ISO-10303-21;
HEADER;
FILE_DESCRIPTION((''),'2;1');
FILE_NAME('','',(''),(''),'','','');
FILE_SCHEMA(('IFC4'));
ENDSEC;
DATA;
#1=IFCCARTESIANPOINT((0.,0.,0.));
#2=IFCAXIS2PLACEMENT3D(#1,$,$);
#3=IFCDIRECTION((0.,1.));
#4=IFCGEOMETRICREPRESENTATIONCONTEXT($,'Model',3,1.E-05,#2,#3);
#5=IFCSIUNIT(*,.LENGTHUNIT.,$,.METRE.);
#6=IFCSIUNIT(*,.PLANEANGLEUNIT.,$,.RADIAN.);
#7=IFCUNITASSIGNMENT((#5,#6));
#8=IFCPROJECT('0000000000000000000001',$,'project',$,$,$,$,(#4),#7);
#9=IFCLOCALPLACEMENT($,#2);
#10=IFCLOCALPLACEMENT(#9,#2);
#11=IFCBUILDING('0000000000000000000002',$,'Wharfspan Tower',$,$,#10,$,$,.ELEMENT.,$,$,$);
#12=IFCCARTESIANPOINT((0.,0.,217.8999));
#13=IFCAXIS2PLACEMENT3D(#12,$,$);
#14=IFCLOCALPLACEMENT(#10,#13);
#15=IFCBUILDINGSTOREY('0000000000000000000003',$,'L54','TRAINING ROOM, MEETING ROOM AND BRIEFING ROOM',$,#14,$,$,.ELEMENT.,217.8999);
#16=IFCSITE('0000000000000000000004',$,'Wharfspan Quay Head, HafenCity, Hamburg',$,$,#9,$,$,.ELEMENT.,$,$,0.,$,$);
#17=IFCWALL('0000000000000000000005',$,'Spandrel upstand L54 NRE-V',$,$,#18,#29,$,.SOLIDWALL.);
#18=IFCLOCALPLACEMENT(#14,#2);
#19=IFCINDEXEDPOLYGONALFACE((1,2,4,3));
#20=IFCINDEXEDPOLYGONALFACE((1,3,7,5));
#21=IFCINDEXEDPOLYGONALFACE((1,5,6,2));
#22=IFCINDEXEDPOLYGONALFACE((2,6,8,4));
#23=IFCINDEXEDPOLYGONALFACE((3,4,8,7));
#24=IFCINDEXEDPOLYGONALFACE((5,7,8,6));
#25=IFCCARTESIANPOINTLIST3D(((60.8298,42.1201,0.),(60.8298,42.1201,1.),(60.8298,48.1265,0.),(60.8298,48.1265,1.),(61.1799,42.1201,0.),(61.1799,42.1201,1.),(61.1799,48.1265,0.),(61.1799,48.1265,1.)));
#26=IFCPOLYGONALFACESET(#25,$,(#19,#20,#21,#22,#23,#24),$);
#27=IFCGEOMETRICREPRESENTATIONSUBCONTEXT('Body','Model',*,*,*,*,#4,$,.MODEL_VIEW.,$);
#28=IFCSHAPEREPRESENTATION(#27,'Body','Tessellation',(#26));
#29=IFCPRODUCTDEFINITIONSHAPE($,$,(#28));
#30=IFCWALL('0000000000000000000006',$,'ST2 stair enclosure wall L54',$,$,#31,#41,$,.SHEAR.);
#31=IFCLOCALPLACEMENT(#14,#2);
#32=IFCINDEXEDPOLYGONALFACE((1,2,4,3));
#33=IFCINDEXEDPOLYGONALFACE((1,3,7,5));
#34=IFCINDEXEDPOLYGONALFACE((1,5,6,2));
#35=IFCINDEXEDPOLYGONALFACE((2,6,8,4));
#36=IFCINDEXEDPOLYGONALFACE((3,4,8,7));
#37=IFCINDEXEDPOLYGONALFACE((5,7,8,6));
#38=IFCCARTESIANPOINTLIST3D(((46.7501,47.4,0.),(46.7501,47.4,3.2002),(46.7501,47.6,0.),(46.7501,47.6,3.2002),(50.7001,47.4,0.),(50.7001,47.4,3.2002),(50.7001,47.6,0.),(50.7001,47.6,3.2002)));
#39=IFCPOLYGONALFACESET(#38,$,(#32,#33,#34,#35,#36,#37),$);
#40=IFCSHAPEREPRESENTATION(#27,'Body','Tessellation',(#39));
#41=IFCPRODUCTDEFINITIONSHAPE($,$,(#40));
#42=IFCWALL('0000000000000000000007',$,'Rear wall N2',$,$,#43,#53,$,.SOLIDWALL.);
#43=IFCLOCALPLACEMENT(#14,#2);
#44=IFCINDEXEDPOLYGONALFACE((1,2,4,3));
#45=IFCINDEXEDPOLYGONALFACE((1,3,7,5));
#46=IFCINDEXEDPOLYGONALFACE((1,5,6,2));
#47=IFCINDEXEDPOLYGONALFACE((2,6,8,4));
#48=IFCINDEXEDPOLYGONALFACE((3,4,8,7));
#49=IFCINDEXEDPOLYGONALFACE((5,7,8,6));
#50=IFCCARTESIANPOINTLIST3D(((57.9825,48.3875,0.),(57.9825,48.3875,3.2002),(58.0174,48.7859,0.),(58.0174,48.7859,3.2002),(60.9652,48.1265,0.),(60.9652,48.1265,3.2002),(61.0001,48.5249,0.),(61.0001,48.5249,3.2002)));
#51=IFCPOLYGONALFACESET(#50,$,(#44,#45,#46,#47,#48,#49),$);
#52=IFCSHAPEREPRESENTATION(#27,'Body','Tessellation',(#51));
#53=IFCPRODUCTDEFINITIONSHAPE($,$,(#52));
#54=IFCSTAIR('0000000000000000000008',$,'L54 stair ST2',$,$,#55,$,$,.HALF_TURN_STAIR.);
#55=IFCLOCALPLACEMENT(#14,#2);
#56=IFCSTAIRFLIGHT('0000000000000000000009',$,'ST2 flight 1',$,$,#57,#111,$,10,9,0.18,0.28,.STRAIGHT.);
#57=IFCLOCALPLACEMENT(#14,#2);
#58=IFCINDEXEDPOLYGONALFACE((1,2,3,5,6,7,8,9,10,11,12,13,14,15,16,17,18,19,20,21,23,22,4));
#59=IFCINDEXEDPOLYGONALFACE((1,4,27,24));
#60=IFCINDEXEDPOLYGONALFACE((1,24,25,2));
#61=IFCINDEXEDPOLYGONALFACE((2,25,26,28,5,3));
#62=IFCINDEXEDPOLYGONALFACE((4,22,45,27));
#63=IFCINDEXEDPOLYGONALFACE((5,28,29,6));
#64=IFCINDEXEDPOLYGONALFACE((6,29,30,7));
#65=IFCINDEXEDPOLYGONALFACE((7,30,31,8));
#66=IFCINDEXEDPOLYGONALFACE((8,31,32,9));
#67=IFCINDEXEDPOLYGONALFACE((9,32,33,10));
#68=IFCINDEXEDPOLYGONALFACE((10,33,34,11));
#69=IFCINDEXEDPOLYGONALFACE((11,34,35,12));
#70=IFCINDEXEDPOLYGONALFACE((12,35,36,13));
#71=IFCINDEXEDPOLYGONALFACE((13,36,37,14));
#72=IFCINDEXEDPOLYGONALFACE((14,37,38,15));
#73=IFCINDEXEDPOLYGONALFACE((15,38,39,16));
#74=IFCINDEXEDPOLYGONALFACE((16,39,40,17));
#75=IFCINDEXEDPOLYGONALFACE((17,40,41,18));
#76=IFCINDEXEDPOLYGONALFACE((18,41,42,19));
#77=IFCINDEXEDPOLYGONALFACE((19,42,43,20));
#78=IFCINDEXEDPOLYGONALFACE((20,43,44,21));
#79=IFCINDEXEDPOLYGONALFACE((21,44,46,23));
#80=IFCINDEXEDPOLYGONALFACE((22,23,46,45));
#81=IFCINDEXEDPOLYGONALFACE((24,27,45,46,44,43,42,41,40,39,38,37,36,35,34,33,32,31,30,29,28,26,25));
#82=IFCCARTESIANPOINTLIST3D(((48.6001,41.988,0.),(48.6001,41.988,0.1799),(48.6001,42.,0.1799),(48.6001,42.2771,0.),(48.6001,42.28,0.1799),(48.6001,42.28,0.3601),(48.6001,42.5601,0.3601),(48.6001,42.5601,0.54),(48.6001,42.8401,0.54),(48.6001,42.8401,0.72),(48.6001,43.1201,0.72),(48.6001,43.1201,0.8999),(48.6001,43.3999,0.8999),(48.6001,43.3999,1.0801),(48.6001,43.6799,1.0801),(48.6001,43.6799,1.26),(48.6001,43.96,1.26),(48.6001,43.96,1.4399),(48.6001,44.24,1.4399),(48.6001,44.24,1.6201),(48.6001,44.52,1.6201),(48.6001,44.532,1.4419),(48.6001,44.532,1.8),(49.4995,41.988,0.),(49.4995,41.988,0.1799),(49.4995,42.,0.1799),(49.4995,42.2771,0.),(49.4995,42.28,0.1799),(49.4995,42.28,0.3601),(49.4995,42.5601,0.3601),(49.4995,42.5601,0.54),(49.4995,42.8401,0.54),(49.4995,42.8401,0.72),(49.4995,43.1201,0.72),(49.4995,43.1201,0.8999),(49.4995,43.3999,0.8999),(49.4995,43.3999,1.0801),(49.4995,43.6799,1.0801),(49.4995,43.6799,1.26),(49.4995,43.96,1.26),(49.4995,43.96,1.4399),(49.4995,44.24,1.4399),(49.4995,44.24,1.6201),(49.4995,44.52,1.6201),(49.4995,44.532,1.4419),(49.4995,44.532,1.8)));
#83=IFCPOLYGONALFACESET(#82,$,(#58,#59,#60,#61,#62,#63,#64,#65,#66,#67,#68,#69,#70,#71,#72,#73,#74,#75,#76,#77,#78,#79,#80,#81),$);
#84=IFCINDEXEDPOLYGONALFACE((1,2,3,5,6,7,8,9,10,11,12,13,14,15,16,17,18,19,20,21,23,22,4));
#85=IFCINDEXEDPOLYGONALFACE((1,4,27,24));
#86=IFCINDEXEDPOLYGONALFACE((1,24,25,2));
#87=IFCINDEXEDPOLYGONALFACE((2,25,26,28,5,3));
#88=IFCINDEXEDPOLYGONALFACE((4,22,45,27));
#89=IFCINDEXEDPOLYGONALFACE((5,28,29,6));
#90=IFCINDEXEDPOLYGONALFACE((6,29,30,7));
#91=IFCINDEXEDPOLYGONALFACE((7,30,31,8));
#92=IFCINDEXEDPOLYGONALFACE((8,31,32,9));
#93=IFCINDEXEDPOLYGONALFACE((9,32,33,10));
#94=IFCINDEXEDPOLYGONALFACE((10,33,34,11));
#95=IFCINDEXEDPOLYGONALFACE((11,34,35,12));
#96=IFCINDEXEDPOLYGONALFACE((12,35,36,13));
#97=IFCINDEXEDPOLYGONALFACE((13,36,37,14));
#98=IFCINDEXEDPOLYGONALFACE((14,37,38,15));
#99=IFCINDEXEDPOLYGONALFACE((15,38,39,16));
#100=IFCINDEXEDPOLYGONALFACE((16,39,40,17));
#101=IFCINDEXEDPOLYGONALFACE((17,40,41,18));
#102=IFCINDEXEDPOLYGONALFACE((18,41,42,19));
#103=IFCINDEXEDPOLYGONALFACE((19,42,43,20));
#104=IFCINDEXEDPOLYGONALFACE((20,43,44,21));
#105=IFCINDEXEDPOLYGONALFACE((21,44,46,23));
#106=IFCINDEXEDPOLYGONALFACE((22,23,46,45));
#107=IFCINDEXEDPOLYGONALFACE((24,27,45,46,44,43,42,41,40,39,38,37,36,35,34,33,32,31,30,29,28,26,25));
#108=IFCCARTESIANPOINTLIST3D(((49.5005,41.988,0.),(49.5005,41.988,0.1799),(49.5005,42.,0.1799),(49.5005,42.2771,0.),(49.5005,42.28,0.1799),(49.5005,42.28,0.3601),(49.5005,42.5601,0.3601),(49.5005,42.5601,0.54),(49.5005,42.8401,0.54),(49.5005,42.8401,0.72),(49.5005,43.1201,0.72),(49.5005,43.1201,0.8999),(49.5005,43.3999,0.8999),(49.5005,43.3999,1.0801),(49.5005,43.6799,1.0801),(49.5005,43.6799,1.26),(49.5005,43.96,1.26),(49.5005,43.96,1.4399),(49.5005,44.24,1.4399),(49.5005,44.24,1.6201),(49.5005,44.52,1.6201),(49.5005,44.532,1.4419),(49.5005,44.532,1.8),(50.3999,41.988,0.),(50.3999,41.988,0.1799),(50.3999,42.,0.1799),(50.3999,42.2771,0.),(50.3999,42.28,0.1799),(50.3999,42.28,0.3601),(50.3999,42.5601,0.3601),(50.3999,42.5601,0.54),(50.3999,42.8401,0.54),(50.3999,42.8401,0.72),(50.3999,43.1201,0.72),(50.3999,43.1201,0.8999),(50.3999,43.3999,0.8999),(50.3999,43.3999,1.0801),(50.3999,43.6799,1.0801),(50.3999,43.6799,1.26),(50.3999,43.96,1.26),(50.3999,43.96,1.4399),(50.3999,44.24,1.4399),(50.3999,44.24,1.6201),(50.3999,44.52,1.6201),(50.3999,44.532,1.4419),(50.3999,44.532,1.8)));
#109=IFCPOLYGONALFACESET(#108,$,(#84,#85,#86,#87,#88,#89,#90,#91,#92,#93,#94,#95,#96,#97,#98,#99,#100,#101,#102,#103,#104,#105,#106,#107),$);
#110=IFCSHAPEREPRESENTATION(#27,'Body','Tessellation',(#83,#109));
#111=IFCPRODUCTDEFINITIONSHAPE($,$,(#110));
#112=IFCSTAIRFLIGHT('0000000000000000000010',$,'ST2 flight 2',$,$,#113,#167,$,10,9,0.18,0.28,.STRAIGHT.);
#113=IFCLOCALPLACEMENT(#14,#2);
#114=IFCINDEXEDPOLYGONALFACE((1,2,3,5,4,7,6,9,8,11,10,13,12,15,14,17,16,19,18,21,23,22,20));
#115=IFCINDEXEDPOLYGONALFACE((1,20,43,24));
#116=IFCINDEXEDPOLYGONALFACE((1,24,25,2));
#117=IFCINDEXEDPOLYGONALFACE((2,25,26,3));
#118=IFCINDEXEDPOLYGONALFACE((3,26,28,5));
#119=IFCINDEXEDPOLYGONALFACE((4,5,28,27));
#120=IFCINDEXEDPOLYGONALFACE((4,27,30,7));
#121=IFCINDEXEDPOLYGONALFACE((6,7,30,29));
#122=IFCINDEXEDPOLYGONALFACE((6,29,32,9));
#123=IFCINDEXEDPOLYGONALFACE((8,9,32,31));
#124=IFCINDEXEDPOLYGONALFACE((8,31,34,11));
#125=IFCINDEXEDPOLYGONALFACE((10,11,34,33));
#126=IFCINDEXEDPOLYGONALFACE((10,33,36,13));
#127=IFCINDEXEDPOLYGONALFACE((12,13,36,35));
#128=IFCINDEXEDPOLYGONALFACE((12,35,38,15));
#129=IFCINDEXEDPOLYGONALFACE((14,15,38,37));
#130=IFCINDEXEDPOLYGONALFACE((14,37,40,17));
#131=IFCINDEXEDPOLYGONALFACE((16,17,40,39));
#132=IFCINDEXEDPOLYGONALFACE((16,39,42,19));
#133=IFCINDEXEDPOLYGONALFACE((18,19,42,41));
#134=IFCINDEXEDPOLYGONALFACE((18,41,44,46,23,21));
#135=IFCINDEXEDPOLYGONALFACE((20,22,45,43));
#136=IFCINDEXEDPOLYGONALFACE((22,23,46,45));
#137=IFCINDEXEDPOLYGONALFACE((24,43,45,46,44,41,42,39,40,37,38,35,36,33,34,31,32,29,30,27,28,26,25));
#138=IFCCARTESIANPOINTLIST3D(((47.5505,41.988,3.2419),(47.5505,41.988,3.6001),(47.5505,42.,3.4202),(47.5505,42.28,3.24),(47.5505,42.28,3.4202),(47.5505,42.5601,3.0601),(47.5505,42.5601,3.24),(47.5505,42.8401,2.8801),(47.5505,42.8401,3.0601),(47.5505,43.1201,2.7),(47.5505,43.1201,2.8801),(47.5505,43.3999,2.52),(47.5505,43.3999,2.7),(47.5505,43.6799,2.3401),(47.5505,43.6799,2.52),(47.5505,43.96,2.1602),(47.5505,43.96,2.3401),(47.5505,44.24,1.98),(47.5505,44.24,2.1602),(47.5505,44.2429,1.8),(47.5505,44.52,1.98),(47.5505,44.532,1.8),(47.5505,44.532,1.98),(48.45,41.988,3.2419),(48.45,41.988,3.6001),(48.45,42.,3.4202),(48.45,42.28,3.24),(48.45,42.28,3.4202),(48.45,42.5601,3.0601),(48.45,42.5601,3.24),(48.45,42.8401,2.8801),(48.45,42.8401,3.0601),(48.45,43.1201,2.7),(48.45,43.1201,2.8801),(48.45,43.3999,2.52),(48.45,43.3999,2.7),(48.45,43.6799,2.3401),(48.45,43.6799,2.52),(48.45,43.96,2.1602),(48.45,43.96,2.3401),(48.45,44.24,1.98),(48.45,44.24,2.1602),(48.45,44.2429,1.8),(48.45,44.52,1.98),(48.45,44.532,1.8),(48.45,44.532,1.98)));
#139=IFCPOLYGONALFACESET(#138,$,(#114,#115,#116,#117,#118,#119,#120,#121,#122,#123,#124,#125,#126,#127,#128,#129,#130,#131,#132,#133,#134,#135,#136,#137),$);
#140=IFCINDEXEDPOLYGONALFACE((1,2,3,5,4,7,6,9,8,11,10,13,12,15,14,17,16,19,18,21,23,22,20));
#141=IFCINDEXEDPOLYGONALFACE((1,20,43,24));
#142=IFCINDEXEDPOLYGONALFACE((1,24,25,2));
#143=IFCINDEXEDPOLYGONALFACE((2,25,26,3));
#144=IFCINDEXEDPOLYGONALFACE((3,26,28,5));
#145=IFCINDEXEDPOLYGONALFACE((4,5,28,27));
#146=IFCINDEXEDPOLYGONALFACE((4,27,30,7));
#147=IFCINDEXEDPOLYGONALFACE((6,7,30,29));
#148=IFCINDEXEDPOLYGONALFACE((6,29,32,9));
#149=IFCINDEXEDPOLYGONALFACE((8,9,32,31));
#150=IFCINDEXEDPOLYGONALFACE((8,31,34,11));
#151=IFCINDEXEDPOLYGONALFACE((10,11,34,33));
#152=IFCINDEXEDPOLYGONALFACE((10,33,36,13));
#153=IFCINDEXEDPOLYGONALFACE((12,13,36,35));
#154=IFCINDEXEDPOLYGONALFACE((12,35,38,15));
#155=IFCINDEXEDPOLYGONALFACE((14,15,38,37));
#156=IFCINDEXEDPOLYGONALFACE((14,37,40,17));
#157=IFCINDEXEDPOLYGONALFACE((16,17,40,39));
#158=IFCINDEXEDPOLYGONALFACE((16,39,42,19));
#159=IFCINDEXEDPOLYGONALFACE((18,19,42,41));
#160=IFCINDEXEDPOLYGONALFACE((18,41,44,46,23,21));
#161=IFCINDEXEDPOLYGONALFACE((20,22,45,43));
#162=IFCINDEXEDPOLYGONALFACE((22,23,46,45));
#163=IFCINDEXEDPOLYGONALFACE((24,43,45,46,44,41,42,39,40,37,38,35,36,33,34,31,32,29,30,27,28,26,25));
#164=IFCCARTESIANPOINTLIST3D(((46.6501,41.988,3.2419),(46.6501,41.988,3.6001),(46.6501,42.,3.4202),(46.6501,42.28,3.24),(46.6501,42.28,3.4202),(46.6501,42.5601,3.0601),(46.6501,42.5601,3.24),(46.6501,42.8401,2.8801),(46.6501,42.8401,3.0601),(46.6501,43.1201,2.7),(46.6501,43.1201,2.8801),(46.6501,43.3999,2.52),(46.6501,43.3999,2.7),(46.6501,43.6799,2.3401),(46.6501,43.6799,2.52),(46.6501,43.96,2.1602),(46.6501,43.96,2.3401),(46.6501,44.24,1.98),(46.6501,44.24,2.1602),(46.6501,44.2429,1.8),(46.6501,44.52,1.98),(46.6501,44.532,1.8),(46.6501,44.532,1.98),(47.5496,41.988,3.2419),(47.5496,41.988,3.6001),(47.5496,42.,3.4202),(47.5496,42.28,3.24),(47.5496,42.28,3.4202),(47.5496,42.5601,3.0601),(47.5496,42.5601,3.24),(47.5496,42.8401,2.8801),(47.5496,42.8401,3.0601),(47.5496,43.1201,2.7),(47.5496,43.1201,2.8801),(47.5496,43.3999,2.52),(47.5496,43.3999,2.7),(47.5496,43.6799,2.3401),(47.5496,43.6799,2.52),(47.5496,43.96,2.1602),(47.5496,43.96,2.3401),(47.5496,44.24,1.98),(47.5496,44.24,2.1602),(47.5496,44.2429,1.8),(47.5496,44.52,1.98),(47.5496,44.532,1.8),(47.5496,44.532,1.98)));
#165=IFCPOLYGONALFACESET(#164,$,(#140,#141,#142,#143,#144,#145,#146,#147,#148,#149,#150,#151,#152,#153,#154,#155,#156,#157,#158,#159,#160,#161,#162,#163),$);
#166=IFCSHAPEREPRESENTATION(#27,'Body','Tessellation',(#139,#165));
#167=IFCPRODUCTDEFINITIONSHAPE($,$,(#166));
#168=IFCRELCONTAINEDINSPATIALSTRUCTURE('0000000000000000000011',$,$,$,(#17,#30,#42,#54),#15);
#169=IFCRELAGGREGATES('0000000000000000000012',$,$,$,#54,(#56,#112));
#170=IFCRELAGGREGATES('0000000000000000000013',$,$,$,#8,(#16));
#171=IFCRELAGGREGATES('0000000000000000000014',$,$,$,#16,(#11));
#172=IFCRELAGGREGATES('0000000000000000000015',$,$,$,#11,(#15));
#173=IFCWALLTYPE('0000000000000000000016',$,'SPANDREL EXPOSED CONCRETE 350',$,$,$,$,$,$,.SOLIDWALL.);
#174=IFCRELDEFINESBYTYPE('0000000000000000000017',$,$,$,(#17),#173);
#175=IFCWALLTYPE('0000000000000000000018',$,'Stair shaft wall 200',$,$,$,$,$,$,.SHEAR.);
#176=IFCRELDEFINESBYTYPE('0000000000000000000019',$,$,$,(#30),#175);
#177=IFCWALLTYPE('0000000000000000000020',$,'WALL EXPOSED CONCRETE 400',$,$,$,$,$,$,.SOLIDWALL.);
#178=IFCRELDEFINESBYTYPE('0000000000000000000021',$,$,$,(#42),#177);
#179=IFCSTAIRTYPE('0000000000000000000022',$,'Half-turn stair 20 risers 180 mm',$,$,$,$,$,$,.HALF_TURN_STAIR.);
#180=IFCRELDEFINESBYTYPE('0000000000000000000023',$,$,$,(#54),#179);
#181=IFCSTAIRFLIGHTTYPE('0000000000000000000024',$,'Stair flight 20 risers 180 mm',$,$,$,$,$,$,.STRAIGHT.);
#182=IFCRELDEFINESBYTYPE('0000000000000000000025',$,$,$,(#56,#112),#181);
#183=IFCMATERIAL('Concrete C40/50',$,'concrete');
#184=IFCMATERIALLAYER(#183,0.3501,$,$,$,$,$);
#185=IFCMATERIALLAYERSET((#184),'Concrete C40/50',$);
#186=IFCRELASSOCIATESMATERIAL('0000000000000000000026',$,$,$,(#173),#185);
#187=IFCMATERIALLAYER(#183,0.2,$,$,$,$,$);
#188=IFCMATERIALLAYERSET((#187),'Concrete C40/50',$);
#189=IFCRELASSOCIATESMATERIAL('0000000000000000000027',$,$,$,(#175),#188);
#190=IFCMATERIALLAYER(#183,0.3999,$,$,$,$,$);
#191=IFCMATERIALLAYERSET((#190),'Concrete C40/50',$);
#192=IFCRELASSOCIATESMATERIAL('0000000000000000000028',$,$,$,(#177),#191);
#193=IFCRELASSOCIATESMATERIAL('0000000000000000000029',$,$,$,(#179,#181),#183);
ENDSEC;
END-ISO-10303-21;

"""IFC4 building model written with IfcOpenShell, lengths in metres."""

from ifc_helpers import new_model, si_unit, direction, frame, frame_2d, origin, place, context, subcontext, project, spatial, polyline, rectangle, outline, extrude, material, layer, layer_set, type_object, element, aggregate, save


model = new_model("IFC4")

# Units and contexts
model_context = context("Model", 3, precision=1e-05, world=origin(), true_north=direction((0.0, 1.0)))
body_context = subcontext(model_context, "Body", "Model", "MODEL_VIEW")
ifc_project = project(units=[si_unit("LENGTHUNIT", "METRE"), si_unit("PLANEANGLEUNIT", "RADIAN")], contexts=[model_context])

# Site, building, storey
site_placement = place(None, origin())
site = spatial("IfcSite", under=ifc_project, at=site_placement, Name="Wharfspan Quay Head, HafenCity, Hamburg", CompositionType="ELEMENT", RefElevation=0.0)
building_placement = place(site_placement, origin())
building = spatial("IfcBuilding", under=site, at=building_placement, Name="Wharfspan Tower", CompositionType="ELEMENT")
storey_placement = place(building_placement, frame((0.0, 0.0, 217.8999)))
storey = spatial("IfcBuildingStorey", under=building, at=storey_placement, Name="L54", Description="TRAINING ROOM, MEETING ROOM AND BRIEFING ROOM", CompositionType="ELEMENT", Elevation=217.8999)

# Walls
ifc_material_1 = material(Name="Concrete C40/50", Category="concrete")
ifc_layer_1 = layer(ifc_material_1, 0.3501)
ifc_layer_set_1 = layer_set([ifc_layer_1], Name="Concrete C40/50")
wall_type_1 = type_object("IfcWallType", Name="SPANDREL EXPOSED CONCRETE 350", PredefinedType="SOLIDWALL", material=ifc_layer_set_1)
wall_1_placement = place(storey_placement, frame((61.0049, 42.1201, 0.0), z_axis=(0.0, 0.0, 1.0), x_axis=(0.0, 1.0, 0.0)))
element("IfcWall", 1, at=wall_1_placement, inside=storey, type_object=wall_type_1, Name="Spandrel upstand L54 NRE-V", PredefinedType="SOLIDWALL", context=body_context, shape_type="SweptSolid", body=[
    extrude(rectangle(XDim=6.0063, YDim=0.3501, at=frame_2d((3.0032, 0.0))), origin(), (0.0, 0.0, 1.0), 1.0),
])
ifc_layer_2 = layer(ifc_material_1, 0.2)
ifc_layer_set_2 = layer_set([ifc_layer_2], Name="Concrete C40/50")
wall_type_2 = type_object("IfcWallType", Name="Stair shaft wall 200", PredefinedType="SHEAR", material=ifc_layer_set_2)
wall_2_placement = place(storey_placement, frame((46.75, 47.5, 0.0), z_axis=(0.0, 0.0, 1.0), x_axis=(1.0, 0.0, 0.0)))
element("IfcWall", 2, at=wall_2_placement, inside=storey, type_object=wall_type_2, Name="ST2 stair enclosure wall L54", PredefinedType="SHEAR", context=body_context, shape_type="SweptSolid", body=[
    extrude(rectangle(XDim=3.95, YDim=0.2, at=frame_2d((1.9751, 0.0))), origin(), (0.0, 0.0, 1.0), 3.2002),
])
ifc_layer_3 = layer(ifc_material_1, 0.3999)
ifc_layer_set_3 = layer_set([ifc_layer_3], Name="Concrete C40/50")
wall_type_3 = type_object("IfcWallType", Name="WALL EXPOSED CONCRETE 400", PredefinedType="SOLIDWALL", material=ifc_layer_set_3)
wall_3_placement = place(storey_placement, frame((60.9827, 48.3257, 0.0), z_axis=(0.0, 0.0, 1.0), x_axis=(-0.996194, 0.087168, 0.0)))
element("IfcWall", 3, at=wall_3_placement, inside=storey, type_object=wall_type_3, Name="Rear wall N2", PredefinedType="SOLIDWALL", context=body_context, shape_type="SweptSolid", body=[
    extrude(rectangle(XDim=2.9941, YDim=0.3999, at=frame_2d((1.4971, 0.0))), origin(), (0.0, 0.0, 1.0), 3.2002),
])

# Stair, stair flights
stair_type = type_object("IfcStairType", Name="Half-turn stair 20 risers 180 mm", PredefinedType="HALF_TURN_STAIR", material=ifc_material_1)
stair_placement = place(storey_placement, origin())
stair = element("IfcStair", 4, at=stair_placement, inside=storey, type_object=stair_type, Name="L54 stair ST2", PredefinedType="HALF_TURN_STAIR")
stair_flight_type = type_object("IfcStairFlightType", Name="Stair flight 20 risers 180 mm", PredefinedType="STRAIGHT", material=ifc_material_1)
stair_flight_1_placement = place(storey_placement, frame((49.5, 42.0, 0.0), z_axis=(0.0, 0.0, 1.0), x_axis=(0.0, 1.0, 0.0)))
stair_flight_1 = element("IfcStairFlight", 5, at=stair_flight_1_placement, type_object=stair_flight_type, Name="ST2 flight 1", NumberOfRisers=10, NumberOfTreads=9, PredefinedType="STRAIGHT", RiserHeight=0.18, TreadLength=0.28, context=body_context, shape_type="SweptSolid", body=[
    extrude(outline(polyline([(-0.012, 0.0), (-0.012, 0.1799), (0.0, 0.1799), (0.28, 0.1799), (0.28, 0.3601), (0.5601, 0.3601), (0.5601, 0.54), (0.8401, 0.54), (0.8401, 0.72), (1.1201, 0.72), (1.1201, 0.8999), (1.3999, 0.8999), (1.3999, 1.0801), (1.6799, 1.0801), (1.6799, 1.26), (1.96, 1.26), (1.96, 1.4399), (2.24, 1.4399), (2.24, 1.6201), (2.52, 1.6201), (2.532, 1.8), (2.532, 1.4419), (0.2771, 0.0), (-0.012, 0.0)])), frame((0.0, 0.8999, 0.0), z_axis=(0.0, -1.0, 0.0), x_axis=(1.0, 0.0, 0.0)), (0.0, 0.0, 1.0), 0.8994),
    extrude(outline(polyline([(-0.012, 0.0), (-0.012, 0.1799), (0.0, 0.1799), (0.28, 0.1799), (0.28, 0.3601), (0.5601, 0.3601), (0.5601, 0.54), (0.8401, 0.54), (0.8401, 0.72), (1.1201, 0.72), (1.1201, 0.8999), (1.3999, 0.8999), (1.3999, 1.0801), (1.6799, 1.0801), (1.6799, 1.26), (1.96, 1.26), (1.96, 1.4399), (2.24, 1.4399), (2.24, 1.6201), (2.52, 1.6201), (2.532, 1.8), (2.532, 1.4419), (0.2771, 0.0), (-0.012, 0.0)])), frame((0.0, -0.0005, 0.0), z_axis=(0.0, -1.0, 0.0), x_axis=(1.0, 0.0, 0.0)), (0.0, 0.0, 1.0), 0.8994),
])
stair_flight_2_placement = place(storey_placement, frame((47.55, 44.52, 1.8), z_axis=(0.0, 0.0, 1.0), x_axis=(0.0, -1.0, 0.0)))
stair_flight_2 = element("IfcStairFlight", 6, at=stair_flight_2_placement, type_object=stair_flight_type, Name="ST2 flight 2", NumberOfRisers=10, NumberOfTreads=9, PredefinedType="STRAIGHT", RiserHeight=0.18, TreadLength=0.28, context=body_context, shape_type="SweptSolid", body=[
    extrude(outline(polyline([(-0.012, 0.0), (-0.012, 0.1799), (0.0, 0.1799), (0.28, 0.1799), (0.28, 0.3601), (0.5601, 0.3601), (0.5601, 0.54), (0.8401, 0.54), (0.8401, 0.72), (1.1201, 0.72), (1.1201, 0.8999), (1.3999, 0.8999), (1.3999, 1.0801), (1.6799, 1.0801), (1.6799, 1.26), (1.96, 1.26), (1.96, 1.4399), (2.24, 1.4399), (2.24, 1.6201), (2.52, 1.6201), (2.532, 1.8), (2.532, 1.4419), (0.2771, 0.0), (-0.012, 0.0)])), frame((0.0, 0.8999, 0.0), z_axis=(0.0, -1.0, 0.0), x_axis=(1.0, 0.0, 0.0)), (0.0, 0.0, 1.0), 0.8994),
    extrude(outline(polyline([(-0.012, 0.0), (-0.012, 0.1799), (0.0, 0.1799), (0.28, 0.1799), (0.28, 0.3601), (0.5601, 0.3601), (0.5601, 0.54), (0.8401, 0.54), (0.8401, 0.72), (1.1201, 0.72), (1.1201, 0.8999), (1.3999, 0.8999), (1.3999, 1.0801), (1.6799, 1.0801), (1.6799, 1.26), (1.96, 1.26), (1.96, 1.4399), (2.24, 1.4399), (2.24, 1.6201), (2.52, 1.6201), (2.532, 1.8), (2.532, 1.4419), (0.2771, 0.0), (-0.012, 0.0)])), frame((0.0, -0.0005, 0.0), z_axis=(0.0, -1.0, 0.0), x_axis=(1.0, 0.0, 0.0)), (0.0, 0.0, 1.0), 0.8994),
])
aggregate(stair, [stair_flight_1, stair_flight_2])

save(model, "model.ifc")
